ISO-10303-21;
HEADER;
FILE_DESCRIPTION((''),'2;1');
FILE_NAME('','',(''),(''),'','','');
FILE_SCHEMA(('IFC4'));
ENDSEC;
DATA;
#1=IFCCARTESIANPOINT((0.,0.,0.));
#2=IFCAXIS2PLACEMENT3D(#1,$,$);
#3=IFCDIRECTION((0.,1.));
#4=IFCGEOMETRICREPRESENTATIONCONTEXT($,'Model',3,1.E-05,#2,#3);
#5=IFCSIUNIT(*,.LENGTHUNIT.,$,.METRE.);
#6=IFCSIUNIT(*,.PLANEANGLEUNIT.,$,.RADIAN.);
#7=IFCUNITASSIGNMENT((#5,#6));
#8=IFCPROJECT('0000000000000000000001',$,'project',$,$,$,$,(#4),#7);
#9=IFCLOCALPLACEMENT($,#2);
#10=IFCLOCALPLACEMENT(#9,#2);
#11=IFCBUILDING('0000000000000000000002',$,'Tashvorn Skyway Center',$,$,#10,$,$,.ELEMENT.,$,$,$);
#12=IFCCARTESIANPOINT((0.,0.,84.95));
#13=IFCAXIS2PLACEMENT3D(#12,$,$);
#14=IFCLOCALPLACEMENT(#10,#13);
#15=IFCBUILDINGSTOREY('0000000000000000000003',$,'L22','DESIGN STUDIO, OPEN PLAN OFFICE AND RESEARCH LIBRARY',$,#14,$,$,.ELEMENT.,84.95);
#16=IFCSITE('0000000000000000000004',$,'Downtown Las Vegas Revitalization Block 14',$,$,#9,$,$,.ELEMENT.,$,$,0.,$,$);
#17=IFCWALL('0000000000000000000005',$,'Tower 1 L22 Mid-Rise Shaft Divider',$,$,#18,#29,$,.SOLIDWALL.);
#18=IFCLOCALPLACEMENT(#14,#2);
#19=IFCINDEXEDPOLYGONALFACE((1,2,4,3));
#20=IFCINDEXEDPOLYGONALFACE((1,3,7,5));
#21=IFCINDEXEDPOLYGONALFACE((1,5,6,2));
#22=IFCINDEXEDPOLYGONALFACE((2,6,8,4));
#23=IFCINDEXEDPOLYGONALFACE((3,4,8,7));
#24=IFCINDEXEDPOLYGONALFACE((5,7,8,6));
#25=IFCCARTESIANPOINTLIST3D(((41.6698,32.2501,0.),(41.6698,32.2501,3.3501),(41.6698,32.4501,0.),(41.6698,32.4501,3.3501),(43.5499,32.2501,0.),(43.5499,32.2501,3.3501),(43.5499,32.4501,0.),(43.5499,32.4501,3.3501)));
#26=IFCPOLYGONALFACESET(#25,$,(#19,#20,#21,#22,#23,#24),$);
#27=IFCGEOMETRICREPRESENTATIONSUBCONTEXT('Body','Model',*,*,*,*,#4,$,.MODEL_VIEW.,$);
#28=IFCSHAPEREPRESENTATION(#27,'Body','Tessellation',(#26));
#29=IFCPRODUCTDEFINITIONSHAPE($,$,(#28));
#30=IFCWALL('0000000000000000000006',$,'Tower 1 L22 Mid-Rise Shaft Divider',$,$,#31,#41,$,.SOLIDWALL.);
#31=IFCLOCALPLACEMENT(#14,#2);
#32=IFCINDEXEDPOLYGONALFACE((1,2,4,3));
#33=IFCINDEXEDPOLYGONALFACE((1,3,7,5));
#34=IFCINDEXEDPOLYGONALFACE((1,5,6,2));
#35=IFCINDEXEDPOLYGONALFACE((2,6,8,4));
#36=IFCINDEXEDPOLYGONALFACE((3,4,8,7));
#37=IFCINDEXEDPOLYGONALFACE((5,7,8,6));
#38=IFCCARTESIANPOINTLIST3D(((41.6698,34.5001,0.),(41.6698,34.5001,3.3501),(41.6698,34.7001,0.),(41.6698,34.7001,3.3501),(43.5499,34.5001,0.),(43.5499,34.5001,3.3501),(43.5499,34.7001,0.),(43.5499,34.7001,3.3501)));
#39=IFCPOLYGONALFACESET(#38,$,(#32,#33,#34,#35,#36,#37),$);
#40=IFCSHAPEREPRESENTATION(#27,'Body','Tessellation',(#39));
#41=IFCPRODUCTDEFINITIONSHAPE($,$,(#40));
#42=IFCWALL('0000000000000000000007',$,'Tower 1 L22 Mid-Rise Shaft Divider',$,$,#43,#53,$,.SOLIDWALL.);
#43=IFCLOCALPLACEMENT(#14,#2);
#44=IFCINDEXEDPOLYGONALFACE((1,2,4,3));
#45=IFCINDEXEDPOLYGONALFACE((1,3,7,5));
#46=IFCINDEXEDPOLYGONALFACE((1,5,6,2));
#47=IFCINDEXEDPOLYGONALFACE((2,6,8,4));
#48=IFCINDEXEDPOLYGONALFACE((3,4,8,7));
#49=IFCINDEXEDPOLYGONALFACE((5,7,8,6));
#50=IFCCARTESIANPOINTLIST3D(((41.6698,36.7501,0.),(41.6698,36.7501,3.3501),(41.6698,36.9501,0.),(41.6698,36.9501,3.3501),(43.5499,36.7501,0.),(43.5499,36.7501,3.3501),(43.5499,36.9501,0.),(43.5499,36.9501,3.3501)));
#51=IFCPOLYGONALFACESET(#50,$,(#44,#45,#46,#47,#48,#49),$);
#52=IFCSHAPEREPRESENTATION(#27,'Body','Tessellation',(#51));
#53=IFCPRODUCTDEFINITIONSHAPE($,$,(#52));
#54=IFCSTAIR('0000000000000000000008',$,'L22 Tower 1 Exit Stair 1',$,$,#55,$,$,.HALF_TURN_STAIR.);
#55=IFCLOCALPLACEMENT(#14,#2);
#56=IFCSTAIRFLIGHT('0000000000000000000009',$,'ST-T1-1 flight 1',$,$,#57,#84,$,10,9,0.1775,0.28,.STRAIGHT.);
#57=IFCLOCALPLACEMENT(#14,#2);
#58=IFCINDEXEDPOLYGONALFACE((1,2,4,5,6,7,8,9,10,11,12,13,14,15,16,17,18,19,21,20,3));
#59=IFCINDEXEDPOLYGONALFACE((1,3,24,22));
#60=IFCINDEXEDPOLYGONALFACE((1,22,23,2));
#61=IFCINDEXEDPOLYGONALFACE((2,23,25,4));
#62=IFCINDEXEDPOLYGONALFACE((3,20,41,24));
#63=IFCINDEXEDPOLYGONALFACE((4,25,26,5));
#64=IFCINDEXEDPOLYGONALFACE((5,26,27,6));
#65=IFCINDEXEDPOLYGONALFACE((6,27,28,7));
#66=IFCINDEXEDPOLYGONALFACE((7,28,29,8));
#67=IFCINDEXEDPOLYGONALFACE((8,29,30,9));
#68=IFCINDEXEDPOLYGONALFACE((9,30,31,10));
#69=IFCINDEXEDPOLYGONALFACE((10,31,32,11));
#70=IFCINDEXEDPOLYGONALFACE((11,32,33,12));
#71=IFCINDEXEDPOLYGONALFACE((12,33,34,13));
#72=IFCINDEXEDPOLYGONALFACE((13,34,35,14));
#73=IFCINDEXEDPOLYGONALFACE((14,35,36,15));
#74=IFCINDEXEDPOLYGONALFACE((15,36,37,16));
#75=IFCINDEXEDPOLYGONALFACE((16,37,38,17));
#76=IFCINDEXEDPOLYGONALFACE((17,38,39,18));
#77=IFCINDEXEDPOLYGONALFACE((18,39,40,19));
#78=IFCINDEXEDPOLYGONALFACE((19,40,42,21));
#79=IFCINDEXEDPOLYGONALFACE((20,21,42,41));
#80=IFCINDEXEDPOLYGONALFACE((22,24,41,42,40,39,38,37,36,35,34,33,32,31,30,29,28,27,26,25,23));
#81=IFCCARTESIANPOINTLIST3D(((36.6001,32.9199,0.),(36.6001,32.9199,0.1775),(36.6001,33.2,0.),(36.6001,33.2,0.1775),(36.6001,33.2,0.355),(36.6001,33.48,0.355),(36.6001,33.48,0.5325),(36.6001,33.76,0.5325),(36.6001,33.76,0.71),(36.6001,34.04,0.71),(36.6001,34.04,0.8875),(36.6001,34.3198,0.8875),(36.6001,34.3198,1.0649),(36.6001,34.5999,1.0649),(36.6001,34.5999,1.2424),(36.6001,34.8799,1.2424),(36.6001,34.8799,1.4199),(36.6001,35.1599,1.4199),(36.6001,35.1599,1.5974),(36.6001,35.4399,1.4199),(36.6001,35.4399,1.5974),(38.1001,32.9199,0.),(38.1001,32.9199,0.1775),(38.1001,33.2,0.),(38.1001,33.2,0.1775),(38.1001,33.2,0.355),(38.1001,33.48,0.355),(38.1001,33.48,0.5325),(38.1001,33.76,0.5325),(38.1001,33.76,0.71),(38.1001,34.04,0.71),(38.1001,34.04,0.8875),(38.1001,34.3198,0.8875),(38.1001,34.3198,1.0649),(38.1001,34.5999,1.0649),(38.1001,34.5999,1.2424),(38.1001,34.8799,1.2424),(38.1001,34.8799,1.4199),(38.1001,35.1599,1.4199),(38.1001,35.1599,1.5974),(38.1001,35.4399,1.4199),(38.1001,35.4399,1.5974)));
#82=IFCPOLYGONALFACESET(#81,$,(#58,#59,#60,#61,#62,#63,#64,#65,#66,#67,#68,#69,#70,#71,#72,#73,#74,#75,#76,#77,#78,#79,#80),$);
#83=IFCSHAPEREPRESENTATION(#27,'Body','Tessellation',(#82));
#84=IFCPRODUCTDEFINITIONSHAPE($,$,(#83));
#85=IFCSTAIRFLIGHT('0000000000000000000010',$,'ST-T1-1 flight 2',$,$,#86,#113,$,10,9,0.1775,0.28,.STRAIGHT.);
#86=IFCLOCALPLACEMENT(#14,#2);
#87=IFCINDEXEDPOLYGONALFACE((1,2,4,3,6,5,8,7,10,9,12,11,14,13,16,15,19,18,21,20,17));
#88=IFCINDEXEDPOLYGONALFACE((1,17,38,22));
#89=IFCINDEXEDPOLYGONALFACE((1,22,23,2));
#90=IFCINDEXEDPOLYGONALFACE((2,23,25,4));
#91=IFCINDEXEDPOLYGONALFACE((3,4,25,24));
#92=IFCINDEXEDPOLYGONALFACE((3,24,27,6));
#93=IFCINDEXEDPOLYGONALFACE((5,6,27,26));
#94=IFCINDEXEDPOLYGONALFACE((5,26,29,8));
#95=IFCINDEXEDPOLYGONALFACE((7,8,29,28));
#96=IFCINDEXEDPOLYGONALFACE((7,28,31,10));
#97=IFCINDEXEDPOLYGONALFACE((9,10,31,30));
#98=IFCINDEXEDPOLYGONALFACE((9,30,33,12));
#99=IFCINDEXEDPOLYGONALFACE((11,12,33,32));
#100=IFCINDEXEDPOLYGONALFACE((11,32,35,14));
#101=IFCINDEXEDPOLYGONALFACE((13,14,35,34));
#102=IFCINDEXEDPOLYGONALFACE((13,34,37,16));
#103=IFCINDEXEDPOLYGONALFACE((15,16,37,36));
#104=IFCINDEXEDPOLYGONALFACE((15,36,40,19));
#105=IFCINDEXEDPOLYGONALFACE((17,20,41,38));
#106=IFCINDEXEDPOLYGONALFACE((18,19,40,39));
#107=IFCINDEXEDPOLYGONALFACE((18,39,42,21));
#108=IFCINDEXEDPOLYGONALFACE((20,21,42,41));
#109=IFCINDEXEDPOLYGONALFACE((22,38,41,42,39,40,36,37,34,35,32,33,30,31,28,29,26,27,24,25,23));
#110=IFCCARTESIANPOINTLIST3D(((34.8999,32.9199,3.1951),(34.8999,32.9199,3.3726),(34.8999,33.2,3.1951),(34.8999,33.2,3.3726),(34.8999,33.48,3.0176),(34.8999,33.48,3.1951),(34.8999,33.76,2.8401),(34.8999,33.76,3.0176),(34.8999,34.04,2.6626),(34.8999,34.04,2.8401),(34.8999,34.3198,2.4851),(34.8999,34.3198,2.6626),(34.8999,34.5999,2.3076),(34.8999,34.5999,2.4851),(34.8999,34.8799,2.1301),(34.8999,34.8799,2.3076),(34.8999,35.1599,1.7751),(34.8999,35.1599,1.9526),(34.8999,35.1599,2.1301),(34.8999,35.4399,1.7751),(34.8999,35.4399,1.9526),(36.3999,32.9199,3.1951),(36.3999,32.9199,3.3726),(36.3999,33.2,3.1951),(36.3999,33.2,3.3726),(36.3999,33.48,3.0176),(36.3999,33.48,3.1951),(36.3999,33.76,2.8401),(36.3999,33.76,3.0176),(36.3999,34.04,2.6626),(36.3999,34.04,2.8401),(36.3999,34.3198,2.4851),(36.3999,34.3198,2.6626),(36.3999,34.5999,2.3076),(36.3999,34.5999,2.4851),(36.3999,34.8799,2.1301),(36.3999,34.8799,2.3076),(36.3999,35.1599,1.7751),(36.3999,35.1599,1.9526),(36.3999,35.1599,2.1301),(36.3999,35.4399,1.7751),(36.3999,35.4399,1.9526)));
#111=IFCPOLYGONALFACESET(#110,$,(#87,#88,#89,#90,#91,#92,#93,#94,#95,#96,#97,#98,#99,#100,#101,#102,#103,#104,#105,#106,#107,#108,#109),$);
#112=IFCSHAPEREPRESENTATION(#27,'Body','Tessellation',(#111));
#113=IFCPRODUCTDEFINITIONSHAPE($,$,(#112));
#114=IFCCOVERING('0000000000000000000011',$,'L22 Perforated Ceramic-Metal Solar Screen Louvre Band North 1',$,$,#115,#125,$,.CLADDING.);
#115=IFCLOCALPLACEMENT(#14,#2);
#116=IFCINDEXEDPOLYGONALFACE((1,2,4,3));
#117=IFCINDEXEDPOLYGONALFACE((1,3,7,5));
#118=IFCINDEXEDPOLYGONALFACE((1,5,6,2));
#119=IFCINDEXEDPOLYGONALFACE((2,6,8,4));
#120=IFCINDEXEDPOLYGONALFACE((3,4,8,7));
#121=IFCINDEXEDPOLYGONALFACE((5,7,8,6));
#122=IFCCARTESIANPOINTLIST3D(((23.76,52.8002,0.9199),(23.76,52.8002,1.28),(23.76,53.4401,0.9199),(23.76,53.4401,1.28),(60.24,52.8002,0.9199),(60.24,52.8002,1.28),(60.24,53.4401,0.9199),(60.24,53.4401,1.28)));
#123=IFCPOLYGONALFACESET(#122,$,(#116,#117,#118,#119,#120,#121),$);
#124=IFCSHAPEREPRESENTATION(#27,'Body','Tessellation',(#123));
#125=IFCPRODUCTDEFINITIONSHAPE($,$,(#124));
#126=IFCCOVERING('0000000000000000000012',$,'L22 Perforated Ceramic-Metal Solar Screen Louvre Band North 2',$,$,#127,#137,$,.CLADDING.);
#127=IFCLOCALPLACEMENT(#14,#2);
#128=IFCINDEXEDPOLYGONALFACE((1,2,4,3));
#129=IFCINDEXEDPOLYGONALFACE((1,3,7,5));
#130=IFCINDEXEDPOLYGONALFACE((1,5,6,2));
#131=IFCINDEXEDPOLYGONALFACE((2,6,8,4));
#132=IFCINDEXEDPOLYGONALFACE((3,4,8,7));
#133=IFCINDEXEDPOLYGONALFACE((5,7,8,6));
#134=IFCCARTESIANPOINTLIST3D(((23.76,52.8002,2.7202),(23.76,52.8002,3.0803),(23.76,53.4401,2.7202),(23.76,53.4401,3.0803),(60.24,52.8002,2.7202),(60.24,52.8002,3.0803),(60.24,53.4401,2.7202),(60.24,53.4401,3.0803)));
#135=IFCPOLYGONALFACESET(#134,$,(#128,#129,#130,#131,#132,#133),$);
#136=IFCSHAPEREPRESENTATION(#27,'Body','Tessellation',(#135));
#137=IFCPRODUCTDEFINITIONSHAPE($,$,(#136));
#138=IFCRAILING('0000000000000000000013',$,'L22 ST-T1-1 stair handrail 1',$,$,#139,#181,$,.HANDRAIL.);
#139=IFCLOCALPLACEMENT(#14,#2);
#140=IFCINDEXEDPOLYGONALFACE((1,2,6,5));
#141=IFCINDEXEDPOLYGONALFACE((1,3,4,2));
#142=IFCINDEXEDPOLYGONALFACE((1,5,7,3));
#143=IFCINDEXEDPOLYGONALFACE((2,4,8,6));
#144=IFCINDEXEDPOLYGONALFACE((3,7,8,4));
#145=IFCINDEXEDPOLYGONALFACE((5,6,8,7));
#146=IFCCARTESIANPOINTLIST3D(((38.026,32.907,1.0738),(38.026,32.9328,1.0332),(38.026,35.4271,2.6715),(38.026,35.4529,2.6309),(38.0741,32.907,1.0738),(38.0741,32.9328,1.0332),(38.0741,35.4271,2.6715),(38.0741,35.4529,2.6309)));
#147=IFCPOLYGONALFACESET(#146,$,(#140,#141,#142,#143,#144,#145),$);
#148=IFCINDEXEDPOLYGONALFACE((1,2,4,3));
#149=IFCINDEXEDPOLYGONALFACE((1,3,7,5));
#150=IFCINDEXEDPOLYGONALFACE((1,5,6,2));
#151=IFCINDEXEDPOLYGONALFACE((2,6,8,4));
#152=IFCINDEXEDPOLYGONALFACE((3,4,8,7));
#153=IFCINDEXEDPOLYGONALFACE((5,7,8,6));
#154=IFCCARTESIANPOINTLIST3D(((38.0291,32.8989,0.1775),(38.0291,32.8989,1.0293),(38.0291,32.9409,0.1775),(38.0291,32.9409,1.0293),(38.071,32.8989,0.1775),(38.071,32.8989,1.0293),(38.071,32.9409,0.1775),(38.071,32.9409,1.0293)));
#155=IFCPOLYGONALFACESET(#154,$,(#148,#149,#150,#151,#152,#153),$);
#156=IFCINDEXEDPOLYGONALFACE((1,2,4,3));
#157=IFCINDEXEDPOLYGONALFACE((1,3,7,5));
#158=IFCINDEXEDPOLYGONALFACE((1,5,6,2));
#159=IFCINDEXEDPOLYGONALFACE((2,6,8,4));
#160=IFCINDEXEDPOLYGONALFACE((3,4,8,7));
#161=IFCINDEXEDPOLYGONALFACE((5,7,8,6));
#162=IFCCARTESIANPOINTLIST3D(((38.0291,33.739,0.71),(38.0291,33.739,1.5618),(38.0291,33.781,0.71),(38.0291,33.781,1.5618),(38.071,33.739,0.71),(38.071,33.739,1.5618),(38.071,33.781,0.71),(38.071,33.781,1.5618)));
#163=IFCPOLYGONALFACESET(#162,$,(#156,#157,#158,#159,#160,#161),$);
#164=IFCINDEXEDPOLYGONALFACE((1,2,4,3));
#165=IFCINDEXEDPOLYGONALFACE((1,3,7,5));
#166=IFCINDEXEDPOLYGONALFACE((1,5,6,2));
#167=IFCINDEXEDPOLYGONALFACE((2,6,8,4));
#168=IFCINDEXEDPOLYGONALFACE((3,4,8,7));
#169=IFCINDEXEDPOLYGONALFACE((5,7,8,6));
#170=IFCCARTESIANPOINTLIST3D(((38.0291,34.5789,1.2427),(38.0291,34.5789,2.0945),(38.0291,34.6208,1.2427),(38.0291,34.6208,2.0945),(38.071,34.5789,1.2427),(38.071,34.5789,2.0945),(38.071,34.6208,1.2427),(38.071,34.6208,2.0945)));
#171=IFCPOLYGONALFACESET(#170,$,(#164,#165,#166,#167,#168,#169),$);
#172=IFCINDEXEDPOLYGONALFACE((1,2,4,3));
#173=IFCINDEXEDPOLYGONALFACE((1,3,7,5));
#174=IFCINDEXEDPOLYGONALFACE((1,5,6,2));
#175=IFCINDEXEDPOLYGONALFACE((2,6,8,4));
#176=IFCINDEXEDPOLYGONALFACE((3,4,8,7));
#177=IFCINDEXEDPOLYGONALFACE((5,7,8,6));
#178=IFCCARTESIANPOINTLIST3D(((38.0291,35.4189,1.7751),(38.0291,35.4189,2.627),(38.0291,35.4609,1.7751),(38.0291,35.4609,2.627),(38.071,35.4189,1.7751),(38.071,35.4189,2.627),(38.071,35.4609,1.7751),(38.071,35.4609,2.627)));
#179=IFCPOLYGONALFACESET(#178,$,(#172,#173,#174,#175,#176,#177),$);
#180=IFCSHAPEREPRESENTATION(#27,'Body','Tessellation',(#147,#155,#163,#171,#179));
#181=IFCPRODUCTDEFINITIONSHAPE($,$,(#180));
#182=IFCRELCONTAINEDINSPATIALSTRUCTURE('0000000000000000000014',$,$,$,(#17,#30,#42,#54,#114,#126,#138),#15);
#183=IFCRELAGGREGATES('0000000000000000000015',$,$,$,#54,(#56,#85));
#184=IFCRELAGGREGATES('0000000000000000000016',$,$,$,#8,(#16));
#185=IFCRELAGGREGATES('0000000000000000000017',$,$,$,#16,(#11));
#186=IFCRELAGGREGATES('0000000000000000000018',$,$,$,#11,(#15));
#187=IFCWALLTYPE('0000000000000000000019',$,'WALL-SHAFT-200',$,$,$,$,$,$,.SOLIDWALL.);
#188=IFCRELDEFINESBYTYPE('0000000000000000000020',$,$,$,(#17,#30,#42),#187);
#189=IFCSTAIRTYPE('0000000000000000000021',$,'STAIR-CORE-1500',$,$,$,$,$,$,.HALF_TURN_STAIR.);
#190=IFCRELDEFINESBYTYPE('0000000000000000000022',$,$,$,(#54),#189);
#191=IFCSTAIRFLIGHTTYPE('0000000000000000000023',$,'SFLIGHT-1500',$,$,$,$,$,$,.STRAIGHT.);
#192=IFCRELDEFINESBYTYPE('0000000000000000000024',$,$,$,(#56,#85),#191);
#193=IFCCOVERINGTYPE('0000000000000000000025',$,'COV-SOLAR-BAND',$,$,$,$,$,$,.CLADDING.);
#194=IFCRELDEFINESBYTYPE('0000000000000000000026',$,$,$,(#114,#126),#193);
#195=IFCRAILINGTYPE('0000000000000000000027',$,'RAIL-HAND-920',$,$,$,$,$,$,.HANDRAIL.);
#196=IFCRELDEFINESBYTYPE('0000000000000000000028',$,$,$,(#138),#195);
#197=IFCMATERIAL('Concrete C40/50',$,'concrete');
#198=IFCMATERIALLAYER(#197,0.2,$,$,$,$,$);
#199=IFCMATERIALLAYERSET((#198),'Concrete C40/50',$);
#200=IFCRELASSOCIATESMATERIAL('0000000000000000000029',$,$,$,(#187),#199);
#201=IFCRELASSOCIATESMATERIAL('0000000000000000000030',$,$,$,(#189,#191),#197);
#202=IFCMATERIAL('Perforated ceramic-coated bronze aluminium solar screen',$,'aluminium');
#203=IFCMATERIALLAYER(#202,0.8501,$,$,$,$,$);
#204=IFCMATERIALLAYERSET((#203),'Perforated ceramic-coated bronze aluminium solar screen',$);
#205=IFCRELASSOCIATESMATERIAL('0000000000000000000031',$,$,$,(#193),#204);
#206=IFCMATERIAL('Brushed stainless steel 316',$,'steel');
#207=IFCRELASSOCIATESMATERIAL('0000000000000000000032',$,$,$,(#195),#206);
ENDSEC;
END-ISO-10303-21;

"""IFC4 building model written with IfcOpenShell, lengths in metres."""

from ifc_helpers import new_model, si_unit, direction, frame, frame_2d, origin, origin_2d, place, context, subcontext, project, spatial, polyline, rectangle, outline, extrude, material, layer, layer_set, type_object, element, aggregate, save


model = new_model("IFC4")

# Units and contexts
model_context = context("Model", 3, precision=1e-05, world=origin(), true_north=direction((0.0, 1.0)))
body_context = subcontext(model_context, "Body", "Model", "MODEL_VIEW")
ifc_project = project(units=[si_unit("LENGTHUNIT", "METRE"), si_unit("PLANEANGLEUNIT", "RADIAN")], contexts=[model_context])

# Site, building, storey
site_placement = place(None, origin())
site = spatial("IfcSite", under=ifc_project, at=site_placement, Name="Downtown Las Vegas Revitalization Block 14", CompositionType="ELEMENT", RefElevation=0.0)
building_placement = place(site_placement, origin())
building = spatial("IfcBuilding", under=site, at=building_placement, Name="Tashvorn Skyway Center", CompositionType="ELEMENT")
storey_placement = place(building_placement, frame((0.0, 0.0, 84.95)))
storey = spatial("IfcBuildingStorey", under=building, at=storey_placement, Name="L22", Description="DESIGN STUDIO, OPEN PLAN OFFICE AND RESEARCH LIBRARY", CompositionType="ELEMENT", Elevation=84.95)

# Shared definitions
ifc_material_1 = material(Name="Concrete C40/50", Category="concrete")

# Walls
ifc_layer_1 = layer(ifc_material_1, 0.2)
ifc_layer_set_1 = layer_set([ifc_layer_1], Name="Concrete C40/50")
wall_type_1 = type_object("IfcWallType", Name="WALL-SHAFT-200", PredefinedType="SOLIDWALL", material=ifc_layer_set_1)
for number, where, z_axis, x_axis, name in (
    (1, (41.6699, 32.3501, 0.0), (0.0, 0.0, 1.0), (1.0, 0.0, 0.0), "Tower 1 L22 Mid-Rise Shaft Divider"),
    (2, (41.6699, 34.6001, 0.0), (0.0, 0.0, 1.0), (1.0, 0.0, 0.0), "Tower 1 L22 Mid-Rise Shaft Divider"),
    (3, (41.6699, 36.8501, 0.0), (0.0, 0.0, 1.0), (1.0, 0.0, 0.0), "Tower 1 L22 Mid-Rise Shaft Divider"),
):
    element("IfcWall", number, at=place(storey_placement, frame(where, z_axis=z_axis, x_axis=x_axis)), inside=storey, type_object=wall_type_1, Name=name, PredefinedType="SOLIDWALL", context=body_context, shape_type="SweptSolid", body=[
        extrude(rectangle(XDim=1.8801, YDim=0.2, at=frame_2d((0.9399, 0.0))), origin(), (0.0, 0.0, 1.0), 3.3501),
    ])

# Stair, stair flights
stair_type = type_object("IfcStairType", Name="STAIR-CORE-1500", PredefinedType="HALF_TURN_STAIR", material=ifc_material_1)
stair_placement = place(storey_placement, origin())
stair = element("IfcStair", 4, at=stair_placement, inside=storey, type_object=stair_type, Name="L22 Tower 1 Exit Stair 1", PredefinedType="HALF_TURN_STAIR")
stair_flight_type = type_object("IfcStairFlightType", Name="SFLIGHT-1500", PredefinedType="STRAIGHT", material=ifc_material_1)
stair_flight_1_placement = place(storey_placement, frame((37.3501, 32.9199, 0.0), z_axis=(0.0, 0.0, 1.0), x_axis=(0.0, 1.0, 0.0)))
stair_flight_1 = element("IfcStairFlight", 5, at=stair_flight_1_placement, type_object=stair_flight_type, Name="ST-T1-1 flight 1", NumberOfRisers=10, NumberOfTreads=9, PredefinedType="STRAIGHT", RiserHeight=0.1775, TreadLength=0.28, context=body_context, shape_type="SweptSolid", body=[
    extrude(outline(polyline([(0.0, 0.0), (0.0, 0.1775), (0.28, 0.1775), (0.28, 0.355), (0.5601, 0.355), (0.5601, 0.5325), (0.8401, 0.5325), (0.8401, 0.71), (1.1201, 0.71), (1.1201, 0.8875), (1.3999, 0.8875), (1.3999, 1.0649), (1.6799, 1.0649), (1.6799, 1.2424), (1.96, 1.2424), (1.96, 1.4199), (2.24, 1.4199), (2.24, 1.5974), (2.52, 1.5974), (2.52, 1.7749), (2.52, 1.4199), (0.28, 0.0), (0.0, 0.0)])), frame((0.0, 0.75, 0.0), z_axis=(0.0, -1.0, 0.0), x_axis=(1.0, 0.0, 0.0)), (0.0, 0.0, 1.0), 1.5),
])
stair_flight_2_placement = place(storey_placement, frame((35.6499, 35.4399, 1.7751), z_axis=(0.0, 0.0, 1.0), x_axis=(0.0, -1.0, 0.0)))
stair_flight_2 = element("IfcStairFlight", 6, at=stair_flight_2_placement, type_object=stair_flight_type, Name="ST-T1-1 flight 2", NumberOfRisers=10, NumberOfTreads=9, PredefinedType="STRAIGHT", RiserHeight=0.1775, TreadLength=0.28, context=body_context, shape_type="SweptSolid", body=[
    extrude(outline(polyline([(0.0, 0.0), (0.0, 0.1775), (0.28, 0.1775), (0.28, 0.355), (0.5601, 0.355), (0.5601, 0.5325), (0.8401, 0.5325), (0.8401, 0.71), (1.1201, 0.71), (1.1201, 0.8875), (1.3999, 0.8875), (1.3999, 1.0649), (1.6799, 1.0649), (1.6799, 1.2424), (1.96, 1.2424), (1.96, 1.4199), (2.24, 1.4199), (2.24, 1.5974), (2.52, 1.5974), (2.52, 1.7749), (2.52, 1.4199), (0.28, 0.0), (0.0, 0.0)])), frame((0.0, 0.75, 0.0), z_axis=(0.0, -1.0, 0.0), x_axis=(1.0, 0.0, 0.0)), (0.0, 0.0, 1.0), 1.5),
])
aggregate(stair, [stair_flight_1, stair_flight_2])

# Coverings
ifc_material_2 = material(Name="Perforated ceramic-coated bronze aluminium solar screen", Category="aluminium")
ifc_layer_2 = layer(ifc_material_2, 0.8501)
ifc_layer_set_2 = layer_set([ifc_layer_2], Name="Perforated ceramic-coated bronze aluminium solar screen")
covering_type = type_object("IfcCoveringType", Name="COV-SOLAR-BAND", PredefinedType="CLADDING", material=ifc_layer_set_2)
for number, where, z_axis, x_axis, name in (
    (7, (42.0, 53.1201, 0.9199), (0.0, 0.0, 1.0), (1.0, 0.0, 0.0), "L22 Perforated Ceramic-Metal Solar Screen Louvre Band North 1"),
    (8, (42.0, 53.1201, 2.7202), (0.0, 0.0, 1.0), (1.0, 0.0, 0.0), "L22 Perforated Ceramic-Metal Solar Screen Louvre Band North 2"),
):
    element("IfcCovering", number, at=place(storey_placement, frame(where, z_axis=z_axis, x_axis=x_axis)), inside=storey, type_object=covering_type, Name=name, PredefinedType="CLADDING", context=body_context, shape_type="SweptSolid", body=[
        extrude(rectangle(XDim=36.48, YDim=0.6399, at=origin_2d()), origin(), (0.0, 0.0, 1.0), 0.3601),
    ])

# Railing
ifc_material_3 = material(Name="Brushed stainless steel 316", Category="steel")
railing_type_1 = type_object("IfcRailingType", Name="RAIL-HAND-920", PredefinedType="HANDRAIL", material=ifc_material_3)
railing_1_placement = place(storey_placement, frame((38.05, 32.9199, 0.1775)))
element("IfcRailing", 9, at=railing_1_placement, inside=storey, type_object=railing_type_1, Name="L22 ST-T1-1 stair handrail 1", PredefinedType="HANDRAIL", context=body_context, shape_type="SweptSolid", body=[
    extrude(rectangle(XDim=0.0481, YDim=0.0481, at=origin_2d()), frame((0.0, 0.0, 0.876), z_axis=(0.0, 0.84457, 0.535445), x_axis=(-1.0, 0.0, 0.0)), (0.0, 0.0, 1.0), 2.9839),
    extrude(rectangle(XDim=0.042, YDim=0.042, at=origin_2d()), origin(), (0.0, 0.0, 1.0), 0.8518),
    extrude(rectangle(XDim=0.042, YDim=0.042, at=origin_2d()), frame((0.0, 0.8401, 0.5325)), (0.0, 0.0, 1.0), 0.8518),
    extrude(rectangle(XDim=0.042, YDim=0.042, at=origin_2d()), frame((0.0, 1.6799, 1.0652)), (0.0, 0.0, 1.0), 0.8518),
    extrude(rectangle(XDim=0.042, YDim=0.042, at=origin_2d()), frame((0.0, 2.52, 1.5977)), (0.0, 0.0, 1.0), 0.8518),
])

save(model, "model.ifc")
